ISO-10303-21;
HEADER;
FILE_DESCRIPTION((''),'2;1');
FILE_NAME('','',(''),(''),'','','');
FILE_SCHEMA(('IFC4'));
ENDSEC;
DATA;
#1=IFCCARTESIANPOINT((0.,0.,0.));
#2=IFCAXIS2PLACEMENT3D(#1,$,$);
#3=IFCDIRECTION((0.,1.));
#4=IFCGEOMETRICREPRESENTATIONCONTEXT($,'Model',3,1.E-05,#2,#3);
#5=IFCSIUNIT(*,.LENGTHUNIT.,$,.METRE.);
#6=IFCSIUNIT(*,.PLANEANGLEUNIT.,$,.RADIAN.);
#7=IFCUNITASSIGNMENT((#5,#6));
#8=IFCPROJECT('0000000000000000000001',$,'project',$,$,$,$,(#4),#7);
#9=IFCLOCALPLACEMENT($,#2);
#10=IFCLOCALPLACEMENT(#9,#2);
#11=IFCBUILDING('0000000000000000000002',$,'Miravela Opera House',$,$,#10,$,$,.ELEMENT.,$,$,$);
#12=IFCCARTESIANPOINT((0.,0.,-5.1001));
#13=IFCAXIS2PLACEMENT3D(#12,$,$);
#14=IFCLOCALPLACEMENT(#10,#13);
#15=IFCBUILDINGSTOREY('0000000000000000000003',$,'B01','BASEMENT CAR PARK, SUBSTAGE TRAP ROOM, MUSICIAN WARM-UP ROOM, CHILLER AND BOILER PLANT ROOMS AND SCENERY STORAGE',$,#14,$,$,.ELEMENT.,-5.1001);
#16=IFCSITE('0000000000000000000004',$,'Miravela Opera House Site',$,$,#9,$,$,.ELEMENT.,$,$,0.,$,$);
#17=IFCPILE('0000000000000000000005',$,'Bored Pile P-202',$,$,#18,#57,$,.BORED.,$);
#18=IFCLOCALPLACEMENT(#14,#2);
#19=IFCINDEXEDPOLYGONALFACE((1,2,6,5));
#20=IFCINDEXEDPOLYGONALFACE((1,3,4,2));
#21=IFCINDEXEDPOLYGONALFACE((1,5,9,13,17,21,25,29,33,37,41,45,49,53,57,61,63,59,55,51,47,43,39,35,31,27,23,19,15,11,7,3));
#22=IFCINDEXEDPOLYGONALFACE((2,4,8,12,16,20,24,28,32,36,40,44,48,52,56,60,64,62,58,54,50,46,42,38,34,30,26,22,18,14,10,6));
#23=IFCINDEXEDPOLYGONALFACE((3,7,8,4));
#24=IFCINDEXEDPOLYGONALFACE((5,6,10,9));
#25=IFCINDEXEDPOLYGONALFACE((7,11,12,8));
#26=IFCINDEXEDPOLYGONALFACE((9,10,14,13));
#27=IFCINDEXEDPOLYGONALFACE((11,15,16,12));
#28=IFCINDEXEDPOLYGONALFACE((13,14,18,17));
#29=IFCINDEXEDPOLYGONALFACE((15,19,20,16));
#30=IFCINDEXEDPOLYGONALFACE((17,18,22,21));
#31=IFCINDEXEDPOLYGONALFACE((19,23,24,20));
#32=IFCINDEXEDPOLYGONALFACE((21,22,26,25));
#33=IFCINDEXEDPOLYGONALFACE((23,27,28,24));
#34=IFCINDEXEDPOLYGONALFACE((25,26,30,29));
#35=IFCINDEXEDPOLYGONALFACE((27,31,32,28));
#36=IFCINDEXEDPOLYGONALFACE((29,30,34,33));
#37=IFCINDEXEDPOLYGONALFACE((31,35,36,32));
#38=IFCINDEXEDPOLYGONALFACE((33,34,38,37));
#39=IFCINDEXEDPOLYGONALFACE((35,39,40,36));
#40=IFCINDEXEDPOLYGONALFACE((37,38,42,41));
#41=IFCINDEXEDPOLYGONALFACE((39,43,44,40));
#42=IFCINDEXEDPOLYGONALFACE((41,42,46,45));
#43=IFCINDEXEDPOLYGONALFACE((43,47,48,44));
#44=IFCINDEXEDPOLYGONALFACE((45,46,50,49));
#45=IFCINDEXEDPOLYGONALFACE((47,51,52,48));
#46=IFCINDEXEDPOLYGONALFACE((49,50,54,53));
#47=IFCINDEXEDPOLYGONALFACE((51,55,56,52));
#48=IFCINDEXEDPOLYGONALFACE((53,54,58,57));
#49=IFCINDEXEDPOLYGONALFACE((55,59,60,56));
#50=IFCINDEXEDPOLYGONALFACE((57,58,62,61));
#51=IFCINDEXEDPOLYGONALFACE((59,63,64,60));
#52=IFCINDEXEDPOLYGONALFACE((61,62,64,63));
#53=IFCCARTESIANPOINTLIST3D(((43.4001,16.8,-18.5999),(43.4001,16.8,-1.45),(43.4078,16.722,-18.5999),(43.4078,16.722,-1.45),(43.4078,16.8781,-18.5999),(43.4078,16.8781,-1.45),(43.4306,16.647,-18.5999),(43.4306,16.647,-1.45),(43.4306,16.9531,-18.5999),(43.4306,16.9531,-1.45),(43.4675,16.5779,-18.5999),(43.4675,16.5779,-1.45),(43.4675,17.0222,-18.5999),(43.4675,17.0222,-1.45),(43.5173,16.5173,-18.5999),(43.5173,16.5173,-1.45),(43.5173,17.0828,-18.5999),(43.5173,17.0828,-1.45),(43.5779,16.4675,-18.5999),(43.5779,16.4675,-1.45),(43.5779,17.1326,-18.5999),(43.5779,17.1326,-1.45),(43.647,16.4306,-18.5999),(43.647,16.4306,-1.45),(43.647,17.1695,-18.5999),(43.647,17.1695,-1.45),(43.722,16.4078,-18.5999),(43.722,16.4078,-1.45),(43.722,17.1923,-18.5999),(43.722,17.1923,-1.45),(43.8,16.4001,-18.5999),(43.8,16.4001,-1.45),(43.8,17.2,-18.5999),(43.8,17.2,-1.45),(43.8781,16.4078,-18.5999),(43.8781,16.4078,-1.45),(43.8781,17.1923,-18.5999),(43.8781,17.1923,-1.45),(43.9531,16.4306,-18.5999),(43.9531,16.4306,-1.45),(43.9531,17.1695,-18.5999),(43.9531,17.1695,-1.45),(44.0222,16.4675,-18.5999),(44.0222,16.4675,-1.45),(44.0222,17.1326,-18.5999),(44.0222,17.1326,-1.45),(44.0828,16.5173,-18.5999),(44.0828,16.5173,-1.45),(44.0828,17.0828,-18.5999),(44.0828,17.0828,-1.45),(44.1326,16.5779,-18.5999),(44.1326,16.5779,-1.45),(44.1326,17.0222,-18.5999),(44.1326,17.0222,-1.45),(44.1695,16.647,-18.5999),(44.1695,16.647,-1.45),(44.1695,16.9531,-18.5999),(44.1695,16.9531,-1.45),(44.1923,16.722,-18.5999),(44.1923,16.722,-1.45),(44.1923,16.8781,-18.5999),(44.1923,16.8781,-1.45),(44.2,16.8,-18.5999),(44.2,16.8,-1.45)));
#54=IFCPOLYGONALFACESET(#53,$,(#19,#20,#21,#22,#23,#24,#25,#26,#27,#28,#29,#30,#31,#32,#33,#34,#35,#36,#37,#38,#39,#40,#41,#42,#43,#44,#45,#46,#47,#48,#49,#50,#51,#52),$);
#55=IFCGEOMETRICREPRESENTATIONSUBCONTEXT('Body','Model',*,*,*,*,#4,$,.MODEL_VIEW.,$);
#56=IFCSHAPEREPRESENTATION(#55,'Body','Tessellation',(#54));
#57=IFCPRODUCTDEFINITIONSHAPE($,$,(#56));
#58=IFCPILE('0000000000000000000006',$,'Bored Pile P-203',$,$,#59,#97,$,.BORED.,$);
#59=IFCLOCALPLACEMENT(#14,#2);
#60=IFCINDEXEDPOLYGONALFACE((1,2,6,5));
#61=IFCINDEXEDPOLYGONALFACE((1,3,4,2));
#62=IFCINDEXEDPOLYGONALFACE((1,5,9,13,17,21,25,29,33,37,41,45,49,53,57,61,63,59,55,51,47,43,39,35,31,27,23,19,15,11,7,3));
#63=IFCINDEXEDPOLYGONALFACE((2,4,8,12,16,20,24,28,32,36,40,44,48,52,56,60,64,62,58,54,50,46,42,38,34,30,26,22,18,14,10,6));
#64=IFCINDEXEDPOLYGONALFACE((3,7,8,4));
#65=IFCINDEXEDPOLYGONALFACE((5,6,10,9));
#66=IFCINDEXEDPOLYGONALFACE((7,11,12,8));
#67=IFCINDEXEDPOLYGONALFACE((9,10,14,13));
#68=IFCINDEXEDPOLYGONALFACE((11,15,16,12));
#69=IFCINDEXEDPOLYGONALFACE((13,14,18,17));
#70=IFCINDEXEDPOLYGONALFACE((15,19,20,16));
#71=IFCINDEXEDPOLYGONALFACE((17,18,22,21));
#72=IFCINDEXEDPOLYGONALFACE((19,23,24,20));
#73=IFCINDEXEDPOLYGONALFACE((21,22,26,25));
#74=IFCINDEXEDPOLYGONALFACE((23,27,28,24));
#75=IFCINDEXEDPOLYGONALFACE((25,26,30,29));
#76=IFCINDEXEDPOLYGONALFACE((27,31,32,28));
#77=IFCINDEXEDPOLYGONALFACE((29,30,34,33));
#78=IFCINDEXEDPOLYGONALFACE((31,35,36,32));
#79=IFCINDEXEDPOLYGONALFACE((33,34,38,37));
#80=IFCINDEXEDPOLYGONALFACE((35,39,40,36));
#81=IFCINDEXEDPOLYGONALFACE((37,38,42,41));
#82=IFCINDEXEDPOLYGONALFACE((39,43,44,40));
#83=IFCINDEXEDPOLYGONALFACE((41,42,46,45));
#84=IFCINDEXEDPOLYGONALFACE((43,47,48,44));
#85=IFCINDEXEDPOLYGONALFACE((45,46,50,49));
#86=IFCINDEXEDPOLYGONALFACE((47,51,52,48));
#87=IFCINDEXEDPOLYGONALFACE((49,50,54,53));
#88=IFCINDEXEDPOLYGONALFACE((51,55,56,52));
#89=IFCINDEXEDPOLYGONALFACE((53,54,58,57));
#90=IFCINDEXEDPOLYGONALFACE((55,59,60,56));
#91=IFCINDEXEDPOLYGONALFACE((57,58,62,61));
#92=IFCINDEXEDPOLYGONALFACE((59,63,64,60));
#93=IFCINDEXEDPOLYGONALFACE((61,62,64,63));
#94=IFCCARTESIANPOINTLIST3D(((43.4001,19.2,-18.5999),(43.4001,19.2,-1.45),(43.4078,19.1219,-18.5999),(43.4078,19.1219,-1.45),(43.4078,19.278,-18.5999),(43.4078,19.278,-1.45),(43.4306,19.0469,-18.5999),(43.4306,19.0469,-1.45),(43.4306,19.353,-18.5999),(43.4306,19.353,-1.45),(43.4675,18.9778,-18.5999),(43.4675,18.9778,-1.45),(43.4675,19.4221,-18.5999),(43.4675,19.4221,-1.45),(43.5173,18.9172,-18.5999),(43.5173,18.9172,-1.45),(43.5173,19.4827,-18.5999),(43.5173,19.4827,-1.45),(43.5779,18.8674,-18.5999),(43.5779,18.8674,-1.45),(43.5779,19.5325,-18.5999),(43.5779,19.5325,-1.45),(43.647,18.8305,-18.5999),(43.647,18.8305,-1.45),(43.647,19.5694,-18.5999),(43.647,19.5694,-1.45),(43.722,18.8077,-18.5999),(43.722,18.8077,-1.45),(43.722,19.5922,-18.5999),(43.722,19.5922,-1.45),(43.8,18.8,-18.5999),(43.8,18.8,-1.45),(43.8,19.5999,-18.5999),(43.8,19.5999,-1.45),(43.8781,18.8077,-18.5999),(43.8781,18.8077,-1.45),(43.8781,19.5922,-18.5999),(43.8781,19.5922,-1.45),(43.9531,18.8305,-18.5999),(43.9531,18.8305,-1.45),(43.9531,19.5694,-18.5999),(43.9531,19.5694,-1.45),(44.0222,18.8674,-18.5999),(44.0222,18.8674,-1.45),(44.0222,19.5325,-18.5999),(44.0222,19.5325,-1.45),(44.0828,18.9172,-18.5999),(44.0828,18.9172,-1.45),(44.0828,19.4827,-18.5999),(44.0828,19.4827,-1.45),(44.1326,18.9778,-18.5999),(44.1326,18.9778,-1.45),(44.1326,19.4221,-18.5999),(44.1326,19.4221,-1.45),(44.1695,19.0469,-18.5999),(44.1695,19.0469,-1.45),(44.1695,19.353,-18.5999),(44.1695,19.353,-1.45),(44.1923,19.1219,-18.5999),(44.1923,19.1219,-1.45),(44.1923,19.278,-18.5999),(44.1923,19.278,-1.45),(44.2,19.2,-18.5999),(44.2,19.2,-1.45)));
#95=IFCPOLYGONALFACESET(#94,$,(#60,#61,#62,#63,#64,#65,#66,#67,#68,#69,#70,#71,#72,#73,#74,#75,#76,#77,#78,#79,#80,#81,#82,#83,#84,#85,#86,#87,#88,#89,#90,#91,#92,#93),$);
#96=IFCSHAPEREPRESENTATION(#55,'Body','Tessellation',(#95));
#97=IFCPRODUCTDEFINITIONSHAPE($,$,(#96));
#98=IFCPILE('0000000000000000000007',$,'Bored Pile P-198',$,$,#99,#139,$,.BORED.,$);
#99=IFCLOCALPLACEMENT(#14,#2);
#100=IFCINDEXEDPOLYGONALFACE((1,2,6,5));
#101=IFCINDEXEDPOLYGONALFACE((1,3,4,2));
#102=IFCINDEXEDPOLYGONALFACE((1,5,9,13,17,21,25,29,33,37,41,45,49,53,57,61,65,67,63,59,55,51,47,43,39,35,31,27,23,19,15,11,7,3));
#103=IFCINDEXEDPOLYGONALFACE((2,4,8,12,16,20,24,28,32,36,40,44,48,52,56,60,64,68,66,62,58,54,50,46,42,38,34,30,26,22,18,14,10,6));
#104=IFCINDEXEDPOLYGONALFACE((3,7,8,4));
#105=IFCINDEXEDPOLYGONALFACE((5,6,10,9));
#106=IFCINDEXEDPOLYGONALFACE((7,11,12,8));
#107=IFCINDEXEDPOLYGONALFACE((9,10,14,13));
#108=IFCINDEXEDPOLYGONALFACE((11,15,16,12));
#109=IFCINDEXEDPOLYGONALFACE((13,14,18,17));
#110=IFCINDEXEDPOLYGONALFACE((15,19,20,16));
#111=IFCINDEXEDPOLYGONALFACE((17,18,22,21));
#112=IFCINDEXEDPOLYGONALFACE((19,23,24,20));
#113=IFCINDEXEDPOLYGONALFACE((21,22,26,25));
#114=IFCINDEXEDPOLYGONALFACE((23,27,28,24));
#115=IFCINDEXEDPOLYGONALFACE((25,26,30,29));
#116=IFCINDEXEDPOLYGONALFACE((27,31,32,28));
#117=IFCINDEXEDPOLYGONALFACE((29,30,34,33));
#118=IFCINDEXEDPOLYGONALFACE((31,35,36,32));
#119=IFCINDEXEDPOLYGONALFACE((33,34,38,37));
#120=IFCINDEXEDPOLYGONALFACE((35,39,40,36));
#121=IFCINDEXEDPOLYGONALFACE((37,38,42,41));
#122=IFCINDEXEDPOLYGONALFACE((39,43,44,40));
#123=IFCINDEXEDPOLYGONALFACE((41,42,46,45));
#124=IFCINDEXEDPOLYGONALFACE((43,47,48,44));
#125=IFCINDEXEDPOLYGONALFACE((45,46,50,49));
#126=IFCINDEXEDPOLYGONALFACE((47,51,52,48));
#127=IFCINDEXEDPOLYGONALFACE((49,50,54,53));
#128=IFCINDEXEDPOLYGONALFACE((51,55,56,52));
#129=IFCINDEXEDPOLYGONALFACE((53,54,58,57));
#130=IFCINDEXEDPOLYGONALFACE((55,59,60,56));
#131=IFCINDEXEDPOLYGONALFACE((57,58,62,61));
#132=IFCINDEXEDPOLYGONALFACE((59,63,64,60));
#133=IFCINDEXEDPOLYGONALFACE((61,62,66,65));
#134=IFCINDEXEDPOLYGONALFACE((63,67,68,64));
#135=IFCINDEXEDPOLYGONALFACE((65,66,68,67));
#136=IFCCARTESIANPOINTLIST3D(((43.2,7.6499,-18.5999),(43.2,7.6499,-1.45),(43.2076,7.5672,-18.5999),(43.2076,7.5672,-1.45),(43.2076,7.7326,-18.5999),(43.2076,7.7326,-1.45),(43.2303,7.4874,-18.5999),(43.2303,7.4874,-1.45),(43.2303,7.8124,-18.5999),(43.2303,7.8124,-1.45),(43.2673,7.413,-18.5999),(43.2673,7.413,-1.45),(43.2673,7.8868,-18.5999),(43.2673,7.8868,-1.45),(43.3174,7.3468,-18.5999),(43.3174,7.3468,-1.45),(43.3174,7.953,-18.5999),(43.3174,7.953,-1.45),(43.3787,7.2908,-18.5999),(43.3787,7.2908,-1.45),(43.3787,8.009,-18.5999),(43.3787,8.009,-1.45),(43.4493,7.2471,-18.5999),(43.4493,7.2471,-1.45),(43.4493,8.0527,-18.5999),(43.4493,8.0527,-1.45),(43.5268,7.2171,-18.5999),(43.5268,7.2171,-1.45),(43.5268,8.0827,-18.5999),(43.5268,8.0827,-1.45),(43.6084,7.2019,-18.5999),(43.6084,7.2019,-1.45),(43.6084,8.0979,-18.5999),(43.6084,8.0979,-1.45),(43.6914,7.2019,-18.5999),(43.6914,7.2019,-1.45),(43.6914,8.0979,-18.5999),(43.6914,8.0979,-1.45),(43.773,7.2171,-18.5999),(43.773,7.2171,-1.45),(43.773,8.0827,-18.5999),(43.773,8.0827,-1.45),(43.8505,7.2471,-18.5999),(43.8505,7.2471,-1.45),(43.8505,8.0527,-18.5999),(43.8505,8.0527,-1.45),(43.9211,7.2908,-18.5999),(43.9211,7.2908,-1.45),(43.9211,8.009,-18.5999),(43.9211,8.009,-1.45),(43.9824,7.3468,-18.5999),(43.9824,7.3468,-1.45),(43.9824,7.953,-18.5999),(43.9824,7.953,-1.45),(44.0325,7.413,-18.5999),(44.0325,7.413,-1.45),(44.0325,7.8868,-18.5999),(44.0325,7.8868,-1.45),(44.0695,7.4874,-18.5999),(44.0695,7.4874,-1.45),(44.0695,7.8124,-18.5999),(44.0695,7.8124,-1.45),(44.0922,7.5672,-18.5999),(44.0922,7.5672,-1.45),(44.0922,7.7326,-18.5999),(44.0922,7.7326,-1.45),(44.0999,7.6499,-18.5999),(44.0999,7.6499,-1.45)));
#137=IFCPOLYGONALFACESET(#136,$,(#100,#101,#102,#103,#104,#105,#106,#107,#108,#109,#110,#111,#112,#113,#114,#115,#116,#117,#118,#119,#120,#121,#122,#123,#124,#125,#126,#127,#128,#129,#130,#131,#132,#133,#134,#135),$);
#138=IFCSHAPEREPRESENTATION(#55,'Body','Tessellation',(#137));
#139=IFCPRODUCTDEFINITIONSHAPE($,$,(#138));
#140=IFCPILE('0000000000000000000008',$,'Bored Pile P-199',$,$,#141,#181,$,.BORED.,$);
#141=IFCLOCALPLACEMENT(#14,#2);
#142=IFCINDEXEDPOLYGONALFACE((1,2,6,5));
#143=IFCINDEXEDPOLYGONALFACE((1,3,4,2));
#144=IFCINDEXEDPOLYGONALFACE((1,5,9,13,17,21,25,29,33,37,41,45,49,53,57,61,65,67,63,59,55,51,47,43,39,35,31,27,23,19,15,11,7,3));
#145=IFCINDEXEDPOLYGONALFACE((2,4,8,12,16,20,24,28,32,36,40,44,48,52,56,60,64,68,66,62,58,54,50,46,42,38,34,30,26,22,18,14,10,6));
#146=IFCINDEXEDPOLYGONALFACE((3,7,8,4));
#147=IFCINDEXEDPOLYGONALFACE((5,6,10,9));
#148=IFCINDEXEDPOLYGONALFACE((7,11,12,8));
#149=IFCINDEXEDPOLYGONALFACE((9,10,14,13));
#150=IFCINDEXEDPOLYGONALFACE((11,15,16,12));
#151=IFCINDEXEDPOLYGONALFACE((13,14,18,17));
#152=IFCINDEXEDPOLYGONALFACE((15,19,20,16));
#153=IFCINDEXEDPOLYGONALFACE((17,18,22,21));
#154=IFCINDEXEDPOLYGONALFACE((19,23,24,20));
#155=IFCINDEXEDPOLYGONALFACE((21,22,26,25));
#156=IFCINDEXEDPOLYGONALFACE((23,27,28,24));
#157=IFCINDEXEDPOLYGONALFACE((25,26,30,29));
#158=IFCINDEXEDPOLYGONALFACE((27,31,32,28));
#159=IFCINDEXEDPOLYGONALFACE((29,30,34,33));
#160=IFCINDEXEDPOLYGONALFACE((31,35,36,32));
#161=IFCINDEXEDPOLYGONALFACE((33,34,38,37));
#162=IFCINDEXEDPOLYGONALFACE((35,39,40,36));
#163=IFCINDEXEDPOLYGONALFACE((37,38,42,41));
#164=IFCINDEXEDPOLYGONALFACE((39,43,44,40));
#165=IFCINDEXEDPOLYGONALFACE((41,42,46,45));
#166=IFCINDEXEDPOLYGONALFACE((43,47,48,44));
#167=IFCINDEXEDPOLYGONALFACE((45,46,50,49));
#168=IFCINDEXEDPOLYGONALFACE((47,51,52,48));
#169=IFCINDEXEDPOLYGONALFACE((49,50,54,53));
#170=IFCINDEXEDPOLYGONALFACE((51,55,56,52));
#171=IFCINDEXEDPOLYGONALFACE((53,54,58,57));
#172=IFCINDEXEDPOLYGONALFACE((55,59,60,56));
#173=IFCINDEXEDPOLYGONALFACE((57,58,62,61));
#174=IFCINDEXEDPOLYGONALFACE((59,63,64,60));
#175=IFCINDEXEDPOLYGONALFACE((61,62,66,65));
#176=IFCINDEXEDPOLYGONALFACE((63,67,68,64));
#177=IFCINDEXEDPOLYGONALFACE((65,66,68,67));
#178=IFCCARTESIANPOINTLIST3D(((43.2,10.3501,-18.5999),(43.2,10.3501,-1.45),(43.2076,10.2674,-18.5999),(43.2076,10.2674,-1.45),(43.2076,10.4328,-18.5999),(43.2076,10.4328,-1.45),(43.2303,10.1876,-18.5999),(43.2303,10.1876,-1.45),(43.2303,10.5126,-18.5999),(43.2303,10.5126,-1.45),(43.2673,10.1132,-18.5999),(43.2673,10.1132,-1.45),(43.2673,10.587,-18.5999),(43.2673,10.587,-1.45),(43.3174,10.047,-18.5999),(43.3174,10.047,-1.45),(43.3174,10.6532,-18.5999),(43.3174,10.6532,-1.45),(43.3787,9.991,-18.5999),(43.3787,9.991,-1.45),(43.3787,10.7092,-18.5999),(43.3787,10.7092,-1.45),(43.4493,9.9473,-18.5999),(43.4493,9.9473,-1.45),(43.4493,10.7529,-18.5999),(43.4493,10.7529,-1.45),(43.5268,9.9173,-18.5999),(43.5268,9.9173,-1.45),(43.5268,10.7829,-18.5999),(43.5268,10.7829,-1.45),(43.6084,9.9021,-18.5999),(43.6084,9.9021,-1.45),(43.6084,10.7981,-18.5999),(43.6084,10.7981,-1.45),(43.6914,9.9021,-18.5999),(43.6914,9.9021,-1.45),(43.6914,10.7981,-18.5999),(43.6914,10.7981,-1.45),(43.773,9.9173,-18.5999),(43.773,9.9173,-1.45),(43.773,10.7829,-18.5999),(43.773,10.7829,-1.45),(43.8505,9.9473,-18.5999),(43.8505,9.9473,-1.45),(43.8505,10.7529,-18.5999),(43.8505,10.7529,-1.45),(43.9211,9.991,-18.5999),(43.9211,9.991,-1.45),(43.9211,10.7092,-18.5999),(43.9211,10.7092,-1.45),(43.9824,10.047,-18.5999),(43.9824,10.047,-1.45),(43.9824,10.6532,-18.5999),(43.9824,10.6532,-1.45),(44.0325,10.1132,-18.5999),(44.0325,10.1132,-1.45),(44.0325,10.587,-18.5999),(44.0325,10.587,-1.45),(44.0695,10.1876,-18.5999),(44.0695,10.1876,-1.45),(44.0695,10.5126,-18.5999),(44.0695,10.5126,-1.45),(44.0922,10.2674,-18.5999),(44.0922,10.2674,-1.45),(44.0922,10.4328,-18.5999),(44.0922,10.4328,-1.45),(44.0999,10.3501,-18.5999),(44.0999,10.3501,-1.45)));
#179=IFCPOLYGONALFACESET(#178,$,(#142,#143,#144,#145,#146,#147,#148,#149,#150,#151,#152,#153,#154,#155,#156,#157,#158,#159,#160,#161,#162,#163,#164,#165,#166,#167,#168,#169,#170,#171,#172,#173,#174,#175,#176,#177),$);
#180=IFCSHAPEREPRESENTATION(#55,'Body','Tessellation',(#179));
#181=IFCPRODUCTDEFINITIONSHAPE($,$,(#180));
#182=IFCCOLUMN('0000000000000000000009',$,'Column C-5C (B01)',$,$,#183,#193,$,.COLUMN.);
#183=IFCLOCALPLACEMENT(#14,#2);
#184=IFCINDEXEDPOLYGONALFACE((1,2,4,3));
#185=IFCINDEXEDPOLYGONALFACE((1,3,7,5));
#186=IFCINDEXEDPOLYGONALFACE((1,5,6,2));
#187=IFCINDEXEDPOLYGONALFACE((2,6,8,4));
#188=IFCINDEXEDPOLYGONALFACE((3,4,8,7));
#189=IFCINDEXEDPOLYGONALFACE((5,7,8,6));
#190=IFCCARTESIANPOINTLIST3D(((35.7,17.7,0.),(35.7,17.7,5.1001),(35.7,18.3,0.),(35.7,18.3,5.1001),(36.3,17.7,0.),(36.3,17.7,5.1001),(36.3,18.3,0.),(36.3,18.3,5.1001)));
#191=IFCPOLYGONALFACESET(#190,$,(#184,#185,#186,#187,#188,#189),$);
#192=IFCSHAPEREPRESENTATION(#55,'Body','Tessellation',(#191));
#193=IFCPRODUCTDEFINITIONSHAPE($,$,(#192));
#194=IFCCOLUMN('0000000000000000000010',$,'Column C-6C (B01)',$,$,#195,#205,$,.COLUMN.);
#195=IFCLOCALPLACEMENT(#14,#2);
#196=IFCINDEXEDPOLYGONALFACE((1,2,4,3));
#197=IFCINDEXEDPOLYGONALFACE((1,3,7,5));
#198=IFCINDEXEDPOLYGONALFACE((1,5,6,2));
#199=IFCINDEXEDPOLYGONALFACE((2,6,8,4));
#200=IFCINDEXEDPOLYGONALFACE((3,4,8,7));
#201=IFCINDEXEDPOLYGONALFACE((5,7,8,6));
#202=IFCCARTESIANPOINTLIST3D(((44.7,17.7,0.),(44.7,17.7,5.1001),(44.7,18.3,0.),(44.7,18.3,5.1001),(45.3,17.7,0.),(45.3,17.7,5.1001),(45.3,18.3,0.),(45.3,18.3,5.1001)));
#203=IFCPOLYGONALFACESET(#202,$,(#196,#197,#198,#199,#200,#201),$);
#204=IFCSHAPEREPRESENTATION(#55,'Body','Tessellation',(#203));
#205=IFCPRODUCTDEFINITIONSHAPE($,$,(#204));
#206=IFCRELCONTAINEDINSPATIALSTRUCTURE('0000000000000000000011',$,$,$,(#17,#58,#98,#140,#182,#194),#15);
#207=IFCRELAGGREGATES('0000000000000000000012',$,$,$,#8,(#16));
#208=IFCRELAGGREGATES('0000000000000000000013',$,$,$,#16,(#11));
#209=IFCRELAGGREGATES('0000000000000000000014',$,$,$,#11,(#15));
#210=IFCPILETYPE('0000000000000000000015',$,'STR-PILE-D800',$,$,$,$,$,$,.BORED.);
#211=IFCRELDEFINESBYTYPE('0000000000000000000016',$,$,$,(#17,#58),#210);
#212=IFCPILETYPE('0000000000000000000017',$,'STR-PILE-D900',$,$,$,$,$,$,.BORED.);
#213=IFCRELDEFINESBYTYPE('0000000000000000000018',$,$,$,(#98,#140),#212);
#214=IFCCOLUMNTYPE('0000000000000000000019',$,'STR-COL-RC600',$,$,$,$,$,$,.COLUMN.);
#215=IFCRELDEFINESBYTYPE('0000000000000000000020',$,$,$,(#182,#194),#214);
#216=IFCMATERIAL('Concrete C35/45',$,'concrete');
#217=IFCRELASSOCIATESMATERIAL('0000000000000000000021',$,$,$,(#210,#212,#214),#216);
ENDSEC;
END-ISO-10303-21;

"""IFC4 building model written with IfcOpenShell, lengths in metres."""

from ifc_helpers import new_model, si_unit, direction, frame, origin, origin_2d, place, context, subcontext, project, spatial, rectangle, circle, extrude, material, material_profile, profile_set, type_object, element, save


model = new_model("IFC4")

# Units and contexts
model_context = context("Model", 3, precision=1e-05, world=origin(), true_north=direction((0.0, 1.0)))
body_context = subcontext(model_context, "Body", "Model", "MODEL_VIEW")
ifc_project = project(units=[si_unit("LENGTHUNIT", "METRE"), si_unit("PLANEANGLEUNIT", "RADIAN")], contexts=[model_context])

# Site, building, storey
site_placement = place(None, origin())
site = spatial("IfcSite", under=ifc_project, at=site_placement, Name="Miravela Opera House Site", CompositionType="ELEMENT", RefElevation=0.0)
building_placement = place(site_placement, origin())
building = spatial("IfcBuilding", under=site, at=building_placement, Name="Miravela Opera House", CompositionType="ELEMENT")
storey_placement = place(building_placement, frame((0.0, 0.0, -5.1001)))
storey = spatial("IfcBuildingStorey", under=building, at=storey_placement, Name="B01", Description="BASEMENT CAR PARK, SUBSTAGE TRAP ROOM, MUSICIAN WARM-UP ROOM, CHILLER AND BOILER PLANT ROOMS AND SCENERY STORAGE", CompositionType="ELEMENT", Elevation=-5.1001)

# Shared definitions
ifc_material_1 = material(Name="Concrete C35/45", Category="concrete")

# Piles
ifc_material_profile_1 = material_profile(ifc_material_1, circle(Radius=0.3999, at=origin_2d()), Name="PILE-D800")
ifc_profile_set_1 = profile_set([ifc_material_profile_1])
pile_type_1 = type_object("IfcPileType", Name="STR-PILE-D800", PredefinedType="BORED", material=ifc_profile_set_1)
for number, where, z_axis, x_axis, name in (
    (1, (43.8, 16.8, -1.45), (0.0, 0.0, -1.0), (1.0, 0.0, 0.0), "Bored Pile P-202"),
    (2, (43.8, 19.2, -1.45), (0.0, 0.0, -1.0), (1.0, 0.0, 0.0), "Bored Pile P-203"),
):
    element("IfcPile", number, at=place(storey_placement, frame(where, z_axis=z_axis, x_axis=x_axis)), inside=storey, type_object=pile_type_1, Name=name, PredefinedType="BORED", context=body_context, shape_type="SweptSolid", body=[
        extrude(circle(Radius=0.3999, at=origin_2d()), origin(), (0.0, 0.0, 1.0), 17.1499),
    ])
ifc_material_profile_2 = material_profile(ifc_material_1, circle(Radius=0.45, at=origin_2d()), Name="PILE-D900")
ifc_profile_set_2 = profile_set([ifc_material_profile_2])
pile_type_2 = type_object("IfcPileType", Name="STR-PILE-D900", PredefinedType="BORED", material=ifc_profile_set_2)
for number, where, z_axis, x_axis, name in (
    (3, (43.6499, 7.6499, -1.45), (0.0, 0.0, -1.0), (1.0, 0.0, 0.0), "Bored Pile P-198"),
    (4, (43.6499, 10.3501, -1.45), (0.0, 0.0, -1.0), (1.0, 0.0, 0.0), "Bored Pile P-199"),
):
    element("IfcPile", number, at=place(storey_placement, frame(where, z_axis=z_axis, x_axis=x_axis)), inside=storey, type_object=pile_type_2, Name=name, PredefinedType="BORED", context=body_context, shape_type="SweptSolid", body=[
        extrude(circle(Radius=0.45, at=origin_2d()), origin(), (0.0, 0.0, 1.0), 17.1499),
    ])

# Columns
ifc_material_profile_3 = material_profile(ifc_material_1, rectangle(XDim=0.6001, YDim=0.6001, at=origin_2d()), Name="RC-COL-600X600")
ifc_profile_set_3 = profile_set([ifc_material_profile_3])
column_type_1 = type_object("IfcColumnType", Name="STR-COL-RC600", PredefinedType="COLUMN", material=ifc_profile_set_3)
for number, where, z_axis, x_axis, name in (
    (5, (36.0, 18.0, 0.0), (0.0, 0.0, 1.0), (1.0, 0.0, 0.0), "Column C-5C (B01)"),
    (6, (45.0, 18.0, 0.0), (0.0, 0.0, 1.0), (1.0, 0.0, 0.0), "Column C-6C (B01)"),
):
    element("IfcColumn", number, at=place(storey_placement, frame(where, z_axis=z_axis, x_axis=x_axis)), inside=storey, type_object=column_type_1, Name=name, PredefinedType="COLUMN", context=body_context, shape_type="SweptSolid", body=[
        extrude(rectangle(XDim=0.6001, YDim=0.6001, at=origin_2d()), origin(), (0.0, 0.0, 1.0), 5.1001),
    ])

save(model, "model.ifc")
